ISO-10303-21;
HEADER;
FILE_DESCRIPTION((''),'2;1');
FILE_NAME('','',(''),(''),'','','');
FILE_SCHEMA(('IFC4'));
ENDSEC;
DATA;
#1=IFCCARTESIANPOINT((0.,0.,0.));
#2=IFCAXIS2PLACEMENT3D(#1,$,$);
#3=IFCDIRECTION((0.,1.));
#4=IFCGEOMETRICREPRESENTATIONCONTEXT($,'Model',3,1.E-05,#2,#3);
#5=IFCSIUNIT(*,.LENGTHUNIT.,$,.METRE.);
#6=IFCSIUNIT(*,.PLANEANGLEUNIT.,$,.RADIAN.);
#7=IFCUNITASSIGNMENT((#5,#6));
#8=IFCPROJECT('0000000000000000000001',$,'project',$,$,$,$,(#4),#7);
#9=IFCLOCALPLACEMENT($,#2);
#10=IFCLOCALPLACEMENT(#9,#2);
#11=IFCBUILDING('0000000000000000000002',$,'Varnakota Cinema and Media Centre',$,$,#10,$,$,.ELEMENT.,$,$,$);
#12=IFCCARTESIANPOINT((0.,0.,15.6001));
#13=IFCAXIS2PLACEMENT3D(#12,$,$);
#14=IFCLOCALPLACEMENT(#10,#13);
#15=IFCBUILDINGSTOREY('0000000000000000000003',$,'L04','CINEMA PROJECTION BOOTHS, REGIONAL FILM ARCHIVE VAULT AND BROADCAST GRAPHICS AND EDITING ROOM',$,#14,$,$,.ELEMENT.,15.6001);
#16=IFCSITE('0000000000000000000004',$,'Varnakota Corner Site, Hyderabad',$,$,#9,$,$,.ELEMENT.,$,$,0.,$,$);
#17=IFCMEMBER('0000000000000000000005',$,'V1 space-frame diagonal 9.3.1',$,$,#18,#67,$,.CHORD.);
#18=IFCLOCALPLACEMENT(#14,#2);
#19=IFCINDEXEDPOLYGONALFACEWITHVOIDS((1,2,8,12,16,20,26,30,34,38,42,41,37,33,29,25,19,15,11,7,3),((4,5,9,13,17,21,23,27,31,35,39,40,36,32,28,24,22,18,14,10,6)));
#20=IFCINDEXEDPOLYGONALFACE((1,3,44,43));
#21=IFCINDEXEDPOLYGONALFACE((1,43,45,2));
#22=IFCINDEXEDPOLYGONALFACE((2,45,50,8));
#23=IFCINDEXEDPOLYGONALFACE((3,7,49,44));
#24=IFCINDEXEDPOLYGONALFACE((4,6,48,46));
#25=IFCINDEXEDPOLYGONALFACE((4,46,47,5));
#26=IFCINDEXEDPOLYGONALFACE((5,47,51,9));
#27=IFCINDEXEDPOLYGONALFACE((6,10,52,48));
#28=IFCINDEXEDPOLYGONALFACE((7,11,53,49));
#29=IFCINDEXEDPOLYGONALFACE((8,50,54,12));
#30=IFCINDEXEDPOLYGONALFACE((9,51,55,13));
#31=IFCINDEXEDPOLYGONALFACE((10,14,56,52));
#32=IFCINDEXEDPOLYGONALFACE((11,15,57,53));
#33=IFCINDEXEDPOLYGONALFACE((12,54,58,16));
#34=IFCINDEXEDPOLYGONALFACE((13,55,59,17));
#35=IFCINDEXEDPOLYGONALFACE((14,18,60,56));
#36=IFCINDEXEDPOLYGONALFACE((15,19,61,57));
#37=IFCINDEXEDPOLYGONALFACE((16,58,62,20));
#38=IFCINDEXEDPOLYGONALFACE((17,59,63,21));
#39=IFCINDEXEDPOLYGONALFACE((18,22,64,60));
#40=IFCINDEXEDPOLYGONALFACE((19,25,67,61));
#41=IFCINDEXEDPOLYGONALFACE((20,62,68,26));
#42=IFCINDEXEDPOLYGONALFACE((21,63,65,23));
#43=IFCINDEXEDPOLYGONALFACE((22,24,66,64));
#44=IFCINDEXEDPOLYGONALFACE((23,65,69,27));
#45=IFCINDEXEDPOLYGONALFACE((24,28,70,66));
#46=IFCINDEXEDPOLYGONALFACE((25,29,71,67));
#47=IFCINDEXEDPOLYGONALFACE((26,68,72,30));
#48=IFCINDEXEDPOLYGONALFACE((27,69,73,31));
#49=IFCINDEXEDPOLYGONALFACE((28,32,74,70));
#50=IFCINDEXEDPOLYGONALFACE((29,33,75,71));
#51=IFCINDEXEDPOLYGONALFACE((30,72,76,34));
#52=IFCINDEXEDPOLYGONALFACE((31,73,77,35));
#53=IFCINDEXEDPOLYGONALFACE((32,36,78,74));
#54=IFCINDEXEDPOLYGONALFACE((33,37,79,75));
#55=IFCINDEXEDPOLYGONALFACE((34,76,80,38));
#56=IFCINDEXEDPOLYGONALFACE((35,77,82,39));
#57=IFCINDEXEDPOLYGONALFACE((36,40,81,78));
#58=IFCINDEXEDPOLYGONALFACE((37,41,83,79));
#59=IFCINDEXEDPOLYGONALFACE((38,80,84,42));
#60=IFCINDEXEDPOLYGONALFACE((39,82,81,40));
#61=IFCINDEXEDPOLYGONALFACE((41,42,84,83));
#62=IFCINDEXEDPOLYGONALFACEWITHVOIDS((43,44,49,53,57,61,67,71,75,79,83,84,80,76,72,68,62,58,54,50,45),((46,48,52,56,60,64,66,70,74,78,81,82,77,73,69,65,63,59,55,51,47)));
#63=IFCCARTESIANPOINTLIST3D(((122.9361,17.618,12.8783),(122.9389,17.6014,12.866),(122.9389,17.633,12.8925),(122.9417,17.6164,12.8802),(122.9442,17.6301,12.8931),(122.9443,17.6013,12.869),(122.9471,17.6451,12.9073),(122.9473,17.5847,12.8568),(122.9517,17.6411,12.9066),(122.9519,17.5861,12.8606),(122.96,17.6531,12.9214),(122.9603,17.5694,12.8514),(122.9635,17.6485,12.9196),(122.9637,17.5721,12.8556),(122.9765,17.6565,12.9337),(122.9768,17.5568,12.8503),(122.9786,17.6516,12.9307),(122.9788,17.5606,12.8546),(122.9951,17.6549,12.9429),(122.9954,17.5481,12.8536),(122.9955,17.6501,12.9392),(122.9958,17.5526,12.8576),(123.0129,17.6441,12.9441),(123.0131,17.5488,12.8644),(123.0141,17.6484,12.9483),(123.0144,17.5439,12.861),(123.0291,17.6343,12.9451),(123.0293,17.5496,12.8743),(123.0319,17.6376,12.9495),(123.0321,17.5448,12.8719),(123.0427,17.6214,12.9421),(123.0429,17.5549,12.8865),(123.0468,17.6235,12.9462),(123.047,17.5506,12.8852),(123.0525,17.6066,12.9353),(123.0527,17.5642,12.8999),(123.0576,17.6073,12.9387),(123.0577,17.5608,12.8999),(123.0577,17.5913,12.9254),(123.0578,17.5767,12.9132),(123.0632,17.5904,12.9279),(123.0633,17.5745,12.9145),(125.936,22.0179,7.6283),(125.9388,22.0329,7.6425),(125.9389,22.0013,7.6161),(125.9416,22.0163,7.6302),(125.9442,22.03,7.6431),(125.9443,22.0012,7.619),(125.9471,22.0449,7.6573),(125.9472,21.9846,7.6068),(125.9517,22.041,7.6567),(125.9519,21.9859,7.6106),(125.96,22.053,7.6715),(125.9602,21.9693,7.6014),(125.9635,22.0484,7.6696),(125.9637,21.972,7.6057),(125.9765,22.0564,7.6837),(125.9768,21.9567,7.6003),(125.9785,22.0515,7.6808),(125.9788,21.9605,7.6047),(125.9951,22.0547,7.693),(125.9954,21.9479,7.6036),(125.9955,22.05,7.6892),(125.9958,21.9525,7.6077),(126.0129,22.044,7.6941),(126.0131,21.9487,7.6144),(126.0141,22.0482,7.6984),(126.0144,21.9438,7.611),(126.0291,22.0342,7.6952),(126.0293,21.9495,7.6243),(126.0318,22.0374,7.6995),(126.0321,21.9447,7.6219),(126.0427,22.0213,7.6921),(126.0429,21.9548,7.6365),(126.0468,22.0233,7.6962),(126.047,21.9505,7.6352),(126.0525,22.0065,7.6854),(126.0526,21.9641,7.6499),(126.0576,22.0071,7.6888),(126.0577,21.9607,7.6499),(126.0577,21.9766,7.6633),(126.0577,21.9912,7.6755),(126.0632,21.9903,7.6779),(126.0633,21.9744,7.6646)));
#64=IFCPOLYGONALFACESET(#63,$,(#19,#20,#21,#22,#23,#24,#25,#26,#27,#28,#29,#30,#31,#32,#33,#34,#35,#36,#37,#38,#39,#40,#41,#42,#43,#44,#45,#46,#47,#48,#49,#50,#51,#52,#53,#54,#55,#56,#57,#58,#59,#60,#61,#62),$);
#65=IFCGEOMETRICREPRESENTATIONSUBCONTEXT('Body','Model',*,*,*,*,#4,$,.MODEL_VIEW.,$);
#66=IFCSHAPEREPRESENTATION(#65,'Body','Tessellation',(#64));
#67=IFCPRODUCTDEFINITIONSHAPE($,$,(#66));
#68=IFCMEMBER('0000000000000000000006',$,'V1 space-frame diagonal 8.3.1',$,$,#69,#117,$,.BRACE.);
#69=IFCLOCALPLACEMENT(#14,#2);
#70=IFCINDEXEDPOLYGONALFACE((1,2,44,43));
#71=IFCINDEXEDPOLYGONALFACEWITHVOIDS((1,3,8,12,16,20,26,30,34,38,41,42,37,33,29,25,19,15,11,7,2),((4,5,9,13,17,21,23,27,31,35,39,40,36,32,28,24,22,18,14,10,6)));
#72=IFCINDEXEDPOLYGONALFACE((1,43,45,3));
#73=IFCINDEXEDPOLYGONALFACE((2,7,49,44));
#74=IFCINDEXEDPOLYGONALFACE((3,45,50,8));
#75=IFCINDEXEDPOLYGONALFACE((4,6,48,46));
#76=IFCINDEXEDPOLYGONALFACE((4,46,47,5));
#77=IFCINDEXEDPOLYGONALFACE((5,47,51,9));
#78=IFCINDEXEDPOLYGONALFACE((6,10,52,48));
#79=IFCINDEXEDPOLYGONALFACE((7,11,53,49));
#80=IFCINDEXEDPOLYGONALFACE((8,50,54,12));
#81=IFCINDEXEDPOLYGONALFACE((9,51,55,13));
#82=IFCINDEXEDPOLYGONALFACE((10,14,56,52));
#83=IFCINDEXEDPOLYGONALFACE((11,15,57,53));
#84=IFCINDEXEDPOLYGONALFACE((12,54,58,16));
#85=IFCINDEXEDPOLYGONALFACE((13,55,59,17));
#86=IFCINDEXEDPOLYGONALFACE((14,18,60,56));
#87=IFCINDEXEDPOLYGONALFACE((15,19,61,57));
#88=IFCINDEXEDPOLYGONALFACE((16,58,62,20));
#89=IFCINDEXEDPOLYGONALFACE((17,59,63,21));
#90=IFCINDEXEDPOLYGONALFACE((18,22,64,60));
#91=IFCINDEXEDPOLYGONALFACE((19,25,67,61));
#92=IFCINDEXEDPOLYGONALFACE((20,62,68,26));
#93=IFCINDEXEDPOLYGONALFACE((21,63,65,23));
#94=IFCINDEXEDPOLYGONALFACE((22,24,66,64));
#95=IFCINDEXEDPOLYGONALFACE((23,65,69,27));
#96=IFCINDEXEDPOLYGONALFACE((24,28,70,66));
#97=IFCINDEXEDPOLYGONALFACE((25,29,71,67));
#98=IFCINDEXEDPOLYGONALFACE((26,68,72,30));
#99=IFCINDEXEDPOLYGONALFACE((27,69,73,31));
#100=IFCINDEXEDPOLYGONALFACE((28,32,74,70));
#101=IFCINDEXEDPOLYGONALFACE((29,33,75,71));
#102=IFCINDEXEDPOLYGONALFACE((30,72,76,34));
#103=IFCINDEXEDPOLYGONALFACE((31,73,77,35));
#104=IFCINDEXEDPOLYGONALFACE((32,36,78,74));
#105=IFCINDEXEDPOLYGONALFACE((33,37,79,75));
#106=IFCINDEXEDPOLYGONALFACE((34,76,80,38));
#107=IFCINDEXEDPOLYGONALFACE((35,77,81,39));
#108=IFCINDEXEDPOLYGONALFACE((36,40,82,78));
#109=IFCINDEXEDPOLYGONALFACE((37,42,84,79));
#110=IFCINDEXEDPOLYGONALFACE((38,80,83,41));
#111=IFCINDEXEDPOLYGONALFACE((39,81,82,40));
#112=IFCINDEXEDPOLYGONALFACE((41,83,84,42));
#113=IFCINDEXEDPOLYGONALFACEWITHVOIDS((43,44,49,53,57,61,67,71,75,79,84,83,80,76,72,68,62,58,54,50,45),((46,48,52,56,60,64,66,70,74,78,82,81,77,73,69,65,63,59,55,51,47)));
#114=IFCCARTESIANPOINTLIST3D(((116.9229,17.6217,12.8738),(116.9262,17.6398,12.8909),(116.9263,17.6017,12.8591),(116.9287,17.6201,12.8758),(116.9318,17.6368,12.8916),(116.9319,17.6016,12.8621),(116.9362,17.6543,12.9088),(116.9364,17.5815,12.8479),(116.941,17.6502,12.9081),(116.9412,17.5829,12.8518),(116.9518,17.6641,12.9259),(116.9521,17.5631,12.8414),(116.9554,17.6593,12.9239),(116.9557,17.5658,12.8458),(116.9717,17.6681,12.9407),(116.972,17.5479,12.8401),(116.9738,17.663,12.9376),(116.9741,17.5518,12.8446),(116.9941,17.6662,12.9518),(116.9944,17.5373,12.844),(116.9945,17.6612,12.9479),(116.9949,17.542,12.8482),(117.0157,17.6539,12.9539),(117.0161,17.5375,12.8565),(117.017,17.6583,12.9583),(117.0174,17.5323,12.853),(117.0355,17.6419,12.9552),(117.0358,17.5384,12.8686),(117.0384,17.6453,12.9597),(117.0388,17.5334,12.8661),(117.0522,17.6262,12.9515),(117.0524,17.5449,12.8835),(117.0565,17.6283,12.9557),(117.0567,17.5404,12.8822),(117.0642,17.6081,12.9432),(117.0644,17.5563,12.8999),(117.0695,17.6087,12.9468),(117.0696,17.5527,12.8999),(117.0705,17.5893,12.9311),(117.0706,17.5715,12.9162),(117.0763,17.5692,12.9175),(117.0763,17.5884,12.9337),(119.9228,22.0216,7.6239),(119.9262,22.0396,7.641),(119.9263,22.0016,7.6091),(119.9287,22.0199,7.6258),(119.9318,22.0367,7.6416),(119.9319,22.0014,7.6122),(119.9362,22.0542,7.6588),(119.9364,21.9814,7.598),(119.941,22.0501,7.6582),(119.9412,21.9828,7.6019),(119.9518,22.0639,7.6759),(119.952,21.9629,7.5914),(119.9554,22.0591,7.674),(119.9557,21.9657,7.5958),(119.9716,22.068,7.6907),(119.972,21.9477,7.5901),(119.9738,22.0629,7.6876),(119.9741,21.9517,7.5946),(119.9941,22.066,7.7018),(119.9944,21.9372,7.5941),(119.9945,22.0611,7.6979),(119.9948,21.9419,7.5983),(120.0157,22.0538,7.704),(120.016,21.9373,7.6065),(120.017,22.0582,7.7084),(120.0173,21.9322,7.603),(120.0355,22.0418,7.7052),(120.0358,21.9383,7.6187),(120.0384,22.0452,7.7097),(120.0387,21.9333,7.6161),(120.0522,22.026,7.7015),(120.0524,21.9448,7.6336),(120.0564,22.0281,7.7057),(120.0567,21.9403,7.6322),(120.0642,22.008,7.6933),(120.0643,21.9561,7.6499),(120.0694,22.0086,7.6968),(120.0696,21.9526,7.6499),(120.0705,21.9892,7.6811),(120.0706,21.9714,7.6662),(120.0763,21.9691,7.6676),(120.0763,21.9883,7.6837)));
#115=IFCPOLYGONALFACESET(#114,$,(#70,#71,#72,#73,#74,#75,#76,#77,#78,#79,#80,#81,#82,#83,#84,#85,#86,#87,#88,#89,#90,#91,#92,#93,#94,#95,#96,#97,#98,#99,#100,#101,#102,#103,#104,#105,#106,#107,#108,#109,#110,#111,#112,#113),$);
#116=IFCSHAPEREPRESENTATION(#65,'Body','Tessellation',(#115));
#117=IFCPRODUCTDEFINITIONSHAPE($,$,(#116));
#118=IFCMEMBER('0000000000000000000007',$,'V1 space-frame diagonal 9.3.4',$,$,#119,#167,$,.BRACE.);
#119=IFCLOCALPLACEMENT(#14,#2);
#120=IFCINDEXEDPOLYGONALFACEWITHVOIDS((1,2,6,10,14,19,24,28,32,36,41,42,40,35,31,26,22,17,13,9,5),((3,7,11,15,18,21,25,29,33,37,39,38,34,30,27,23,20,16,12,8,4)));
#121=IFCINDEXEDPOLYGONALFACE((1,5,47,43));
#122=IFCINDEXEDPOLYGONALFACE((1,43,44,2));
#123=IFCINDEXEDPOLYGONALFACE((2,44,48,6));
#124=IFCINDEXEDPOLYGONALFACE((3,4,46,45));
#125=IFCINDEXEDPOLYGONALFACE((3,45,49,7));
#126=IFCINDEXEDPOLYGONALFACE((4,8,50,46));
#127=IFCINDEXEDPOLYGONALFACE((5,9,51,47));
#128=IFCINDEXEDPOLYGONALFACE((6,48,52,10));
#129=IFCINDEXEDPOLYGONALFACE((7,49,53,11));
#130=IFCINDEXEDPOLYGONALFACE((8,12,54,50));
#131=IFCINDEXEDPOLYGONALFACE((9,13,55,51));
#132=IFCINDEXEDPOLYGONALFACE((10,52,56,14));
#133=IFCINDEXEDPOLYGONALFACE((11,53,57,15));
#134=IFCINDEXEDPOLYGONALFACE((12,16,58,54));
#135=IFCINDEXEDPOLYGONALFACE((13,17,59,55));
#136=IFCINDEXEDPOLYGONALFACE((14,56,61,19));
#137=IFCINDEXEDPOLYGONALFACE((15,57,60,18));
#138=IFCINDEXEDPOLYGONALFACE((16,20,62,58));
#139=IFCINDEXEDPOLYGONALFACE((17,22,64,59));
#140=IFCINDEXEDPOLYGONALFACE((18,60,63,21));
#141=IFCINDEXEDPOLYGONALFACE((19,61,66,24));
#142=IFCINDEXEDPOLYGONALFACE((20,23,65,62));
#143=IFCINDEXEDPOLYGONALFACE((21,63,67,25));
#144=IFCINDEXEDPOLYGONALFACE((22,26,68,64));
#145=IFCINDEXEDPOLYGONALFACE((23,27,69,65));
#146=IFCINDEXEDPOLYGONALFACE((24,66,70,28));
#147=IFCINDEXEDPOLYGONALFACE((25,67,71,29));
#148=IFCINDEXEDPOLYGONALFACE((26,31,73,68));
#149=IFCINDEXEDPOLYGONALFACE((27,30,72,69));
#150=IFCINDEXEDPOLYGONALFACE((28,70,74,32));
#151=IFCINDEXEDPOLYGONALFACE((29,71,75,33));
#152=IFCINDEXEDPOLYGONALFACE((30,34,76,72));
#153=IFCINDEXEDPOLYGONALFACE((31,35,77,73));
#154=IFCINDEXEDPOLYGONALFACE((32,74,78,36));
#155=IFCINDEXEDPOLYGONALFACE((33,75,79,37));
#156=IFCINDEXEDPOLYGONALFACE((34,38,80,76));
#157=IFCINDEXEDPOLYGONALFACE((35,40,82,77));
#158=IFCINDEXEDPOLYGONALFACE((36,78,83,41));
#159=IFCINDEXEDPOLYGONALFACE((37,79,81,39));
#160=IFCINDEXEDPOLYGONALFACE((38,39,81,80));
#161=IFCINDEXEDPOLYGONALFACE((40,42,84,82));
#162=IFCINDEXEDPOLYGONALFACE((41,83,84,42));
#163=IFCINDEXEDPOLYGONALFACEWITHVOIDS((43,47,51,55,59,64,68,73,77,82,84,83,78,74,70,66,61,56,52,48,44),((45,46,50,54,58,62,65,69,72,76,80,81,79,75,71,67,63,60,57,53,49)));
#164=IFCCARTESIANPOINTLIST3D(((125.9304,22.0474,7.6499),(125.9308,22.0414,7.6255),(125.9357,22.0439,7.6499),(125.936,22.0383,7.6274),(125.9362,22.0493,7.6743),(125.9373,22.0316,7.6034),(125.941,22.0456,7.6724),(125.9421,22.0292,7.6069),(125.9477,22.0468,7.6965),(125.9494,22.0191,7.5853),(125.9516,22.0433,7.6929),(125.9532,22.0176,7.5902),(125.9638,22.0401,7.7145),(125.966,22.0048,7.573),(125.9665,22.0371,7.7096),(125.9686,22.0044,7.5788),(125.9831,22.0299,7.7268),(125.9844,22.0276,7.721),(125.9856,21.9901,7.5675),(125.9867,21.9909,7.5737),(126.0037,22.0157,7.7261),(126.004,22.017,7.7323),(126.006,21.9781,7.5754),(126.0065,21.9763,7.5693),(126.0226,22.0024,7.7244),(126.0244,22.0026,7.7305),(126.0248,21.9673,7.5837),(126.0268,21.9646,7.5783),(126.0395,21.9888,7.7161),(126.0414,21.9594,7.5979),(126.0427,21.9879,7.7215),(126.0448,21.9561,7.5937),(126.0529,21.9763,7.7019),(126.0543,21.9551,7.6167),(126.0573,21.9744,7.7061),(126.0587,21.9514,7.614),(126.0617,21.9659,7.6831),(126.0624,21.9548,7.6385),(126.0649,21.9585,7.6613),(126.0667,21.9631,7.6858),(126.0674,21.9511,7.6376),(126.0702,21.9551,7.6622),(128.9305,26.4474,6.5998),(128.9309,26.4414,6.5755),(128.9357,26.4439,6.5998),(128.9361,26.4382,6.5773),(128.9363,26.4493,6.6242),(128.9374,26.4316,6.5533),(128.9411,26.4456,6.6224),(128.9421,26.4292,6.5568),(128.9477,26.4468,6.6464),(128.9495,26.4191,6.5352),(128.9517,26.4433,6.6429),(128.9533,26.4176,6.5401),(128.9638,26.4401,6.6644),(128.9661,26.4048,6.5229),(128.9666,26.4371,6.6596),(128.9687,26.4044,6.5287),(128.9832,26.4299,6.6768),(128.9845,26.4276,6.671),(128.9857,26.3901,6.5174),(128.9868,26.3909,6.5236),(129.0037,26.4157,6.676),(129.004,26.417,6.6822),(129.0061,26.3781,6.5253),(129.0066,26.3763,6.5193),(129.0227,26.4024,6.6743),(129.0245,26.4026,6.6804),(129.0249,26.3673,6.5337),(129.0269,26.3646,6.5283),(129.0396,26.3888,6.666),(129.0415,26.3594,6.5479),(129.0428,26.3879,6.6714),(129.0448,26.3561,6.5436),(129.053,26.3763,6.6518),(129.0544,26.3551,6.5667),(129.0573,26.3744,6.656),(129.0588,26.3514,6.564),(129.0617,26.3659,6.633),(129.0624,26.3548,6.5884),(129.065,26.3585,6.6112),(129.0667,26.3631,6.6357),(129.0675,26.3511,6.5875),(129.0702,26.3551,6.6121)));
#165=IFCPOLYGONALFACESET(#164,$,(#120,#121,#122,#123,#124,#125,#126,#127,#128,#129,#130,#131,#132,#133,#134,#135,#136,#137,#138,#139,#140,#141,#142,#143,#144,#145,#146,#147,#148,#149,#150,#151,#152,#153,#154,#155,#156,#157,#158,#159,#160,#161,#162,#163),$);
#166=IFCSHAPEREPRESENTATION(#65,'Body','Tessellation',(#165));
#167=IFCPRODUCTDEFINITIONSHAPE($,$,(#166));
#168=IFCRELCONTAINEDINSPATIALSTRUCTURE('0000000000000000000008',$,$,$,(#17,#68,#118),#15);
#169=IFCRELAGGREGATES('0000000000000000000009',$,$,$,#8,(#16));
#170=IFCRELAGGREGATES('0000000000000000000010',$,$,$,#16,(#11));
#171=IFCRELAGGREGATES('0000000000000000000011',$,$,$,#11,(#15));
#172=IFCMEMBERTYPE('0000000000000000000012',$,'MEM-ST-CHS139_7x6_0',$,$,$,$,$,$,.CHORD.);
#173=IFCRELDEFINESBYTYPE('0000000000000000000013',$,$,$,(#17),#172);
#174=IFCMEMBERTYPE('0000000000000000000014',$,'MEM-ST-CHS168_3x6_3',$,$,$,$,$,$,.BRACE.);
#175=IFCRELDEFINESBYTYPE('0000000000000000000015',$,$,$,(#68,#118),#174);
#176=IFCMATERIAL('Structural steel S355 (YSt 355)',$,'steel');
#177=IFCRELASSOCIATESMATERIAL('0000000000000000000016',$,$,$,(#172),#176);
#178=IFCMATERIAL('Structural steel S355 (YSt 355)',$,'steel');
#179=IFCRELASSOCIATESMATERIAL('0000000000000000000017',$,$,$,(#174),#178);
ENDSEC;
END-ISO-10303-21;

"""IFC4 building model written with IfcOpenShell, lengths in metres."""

from ifc_helpers import new_model, si_unit, direction, frame, origin, origin_2d, place, context, subcontext, project, spatial, hollow_circle, extrude, material, material_profile, profile_set, type_object, element, save


model = new_model("IFC4")

# Units and contexts
model_context = context("Model", 3, precision=1e-05, world=origin(), true_north=direction((0.0, 1.0)))
body_context = subcontext(model_context, "Body", "Model", "MODEL_VIEW")
ifc_project = project(units=[si_unit("LENGTHUNIT", "METRE"), si_unit("PLANEANGLEUNIT", "RADIAN")], contexts=[model_context])

# Site, building, storey
site_placement = place(None, origin())
site = spatial("IfcSite", under=ifc_project, at=site_placement, Name="Varnakota Corner Site, Hyderabad", CompositionType="ELEMENT", RefElevation=0.0)
building_placement = place(site_placement, origin())
building = spatial("IfcBuilding", under=site, at=building_placement, Name="Varnakota Cinema and Media Centre", CompositionType="ELEMENT")
storey_placement = place(building_placement, frame((0.0, 0.0, 15.6001)))
storey = spatial("IfcBuildingStorey", under=building, at=storey_placement, Name="L04", Description="CINEMA PROJECTION BOOTHS, REGIONAL FILM ARCHIVE VAULT AND BROADCAST GRAPHICS AND EDITING ROOM", CompositionType="ELEMENT", Elevation=15.6001)

# Members
ifc_material_1 = material(Name="Structural steel S355 (YSt 355)", Category="steel")
ifc_material_profile_1 = material_profile(ifc_material_1, hollow_circle(Radius=0.0698, WallThickness=0.0061, at=origin_2d()), Name="CHS 139.7x6.0")
ifc_profile_set_1 = profile_set([ifc_material_profile_1], Name="Structural steel S355 (YSt 355)")
member_type_1 = type_object("IfcMemberType", Name="MEM-ST-CHS139_7x6_0", PredefinedType="CHORD", material=ifc_profile_set_1)
for number, where, z_axis, x_axis, name in (
    (1, (126.0, 22.0, 7.6499), (-0.401173, -0.588373, 0.702052), (0.826222, -0.563345, 0.0), "V1 space-frame diagonal 9.3.1"),
):
    element("IfcMember", number, at=place(storey_placement, frame(where, z_axis=z_axis, x_axis=x_axis)), inside=storey, type_object=member_type_1, Name=name, PredefinedType="CHORD", context=body_context, shape_type="SweptSolid", body=[
        extrude(hollow_circle(Radius=0.0698, WallThickness=0.0061, at=origin_2d()), origin(), (0.0, 0.0, 1.0), 7.478),
    ])
ifc_material_2 = material(Name="Structural steel S355 (YSt 355)", Category="steel")
ifc_material_profile_2 = material_profile(ifc_material_2, hollow_circle(Radius=0.0842, WallThickness=0.0063, at=origin_2d()), Name="CHS 168.3x6.3")
ifc_profile_set_2 = profile_set([ifc_material_profile_2], Name="Structural steel S355 (YSt 355)")
member_type_2 = type_object("IfcMemberType", Name="MEM-ST-CHS168_3x6_3", PredefinedType="BRACE", material=ifc_profile_set_2)
member_1_placement = place(storey_placement, frame((120.0, 22.0, 7.6499), z_axis=(-0.401173, -0.588373, 0.702052), x_axis=(0.826222, -0.563345, 0.0)))
element("IfcMember", 2, at=member_1_placement, inside=storey, type_object=member_type_2, Name="V1 space-frame diagonal 8.3.1", PredefinedType="BRACE", context=body_context, shape_type="SweptSolid", body=[
    extrude(hollow_circle(Radius=0.0842, WallThickness=0.0063, at=origin_2d()), origin(), (0.0, 0.0, 1.0), 7.478),
])
member_2_placement = place(storey_placement, frame((126.0, 22.0, 7.6499), z_axis=(0.552703, 0.810613, -0.193455), x_axis=(-0.826222, 0.563345, 0.0)))
element("IfcMember", 3, at=member_2_placement, inside=storey, type_object=member_type_2, Name="V1 space-frame diagonal 9.3.4", PredefinedType="BRACE", context=body_context, shape_type="SweptSolid", body=[
    extrude(hollow_circle(Radius=0.0842, WallThickness=0.0063, at=origin_2d()), origin(), (0.0, 0.0, 1.0), 5.428),
])

save(model, "model.ifc")
